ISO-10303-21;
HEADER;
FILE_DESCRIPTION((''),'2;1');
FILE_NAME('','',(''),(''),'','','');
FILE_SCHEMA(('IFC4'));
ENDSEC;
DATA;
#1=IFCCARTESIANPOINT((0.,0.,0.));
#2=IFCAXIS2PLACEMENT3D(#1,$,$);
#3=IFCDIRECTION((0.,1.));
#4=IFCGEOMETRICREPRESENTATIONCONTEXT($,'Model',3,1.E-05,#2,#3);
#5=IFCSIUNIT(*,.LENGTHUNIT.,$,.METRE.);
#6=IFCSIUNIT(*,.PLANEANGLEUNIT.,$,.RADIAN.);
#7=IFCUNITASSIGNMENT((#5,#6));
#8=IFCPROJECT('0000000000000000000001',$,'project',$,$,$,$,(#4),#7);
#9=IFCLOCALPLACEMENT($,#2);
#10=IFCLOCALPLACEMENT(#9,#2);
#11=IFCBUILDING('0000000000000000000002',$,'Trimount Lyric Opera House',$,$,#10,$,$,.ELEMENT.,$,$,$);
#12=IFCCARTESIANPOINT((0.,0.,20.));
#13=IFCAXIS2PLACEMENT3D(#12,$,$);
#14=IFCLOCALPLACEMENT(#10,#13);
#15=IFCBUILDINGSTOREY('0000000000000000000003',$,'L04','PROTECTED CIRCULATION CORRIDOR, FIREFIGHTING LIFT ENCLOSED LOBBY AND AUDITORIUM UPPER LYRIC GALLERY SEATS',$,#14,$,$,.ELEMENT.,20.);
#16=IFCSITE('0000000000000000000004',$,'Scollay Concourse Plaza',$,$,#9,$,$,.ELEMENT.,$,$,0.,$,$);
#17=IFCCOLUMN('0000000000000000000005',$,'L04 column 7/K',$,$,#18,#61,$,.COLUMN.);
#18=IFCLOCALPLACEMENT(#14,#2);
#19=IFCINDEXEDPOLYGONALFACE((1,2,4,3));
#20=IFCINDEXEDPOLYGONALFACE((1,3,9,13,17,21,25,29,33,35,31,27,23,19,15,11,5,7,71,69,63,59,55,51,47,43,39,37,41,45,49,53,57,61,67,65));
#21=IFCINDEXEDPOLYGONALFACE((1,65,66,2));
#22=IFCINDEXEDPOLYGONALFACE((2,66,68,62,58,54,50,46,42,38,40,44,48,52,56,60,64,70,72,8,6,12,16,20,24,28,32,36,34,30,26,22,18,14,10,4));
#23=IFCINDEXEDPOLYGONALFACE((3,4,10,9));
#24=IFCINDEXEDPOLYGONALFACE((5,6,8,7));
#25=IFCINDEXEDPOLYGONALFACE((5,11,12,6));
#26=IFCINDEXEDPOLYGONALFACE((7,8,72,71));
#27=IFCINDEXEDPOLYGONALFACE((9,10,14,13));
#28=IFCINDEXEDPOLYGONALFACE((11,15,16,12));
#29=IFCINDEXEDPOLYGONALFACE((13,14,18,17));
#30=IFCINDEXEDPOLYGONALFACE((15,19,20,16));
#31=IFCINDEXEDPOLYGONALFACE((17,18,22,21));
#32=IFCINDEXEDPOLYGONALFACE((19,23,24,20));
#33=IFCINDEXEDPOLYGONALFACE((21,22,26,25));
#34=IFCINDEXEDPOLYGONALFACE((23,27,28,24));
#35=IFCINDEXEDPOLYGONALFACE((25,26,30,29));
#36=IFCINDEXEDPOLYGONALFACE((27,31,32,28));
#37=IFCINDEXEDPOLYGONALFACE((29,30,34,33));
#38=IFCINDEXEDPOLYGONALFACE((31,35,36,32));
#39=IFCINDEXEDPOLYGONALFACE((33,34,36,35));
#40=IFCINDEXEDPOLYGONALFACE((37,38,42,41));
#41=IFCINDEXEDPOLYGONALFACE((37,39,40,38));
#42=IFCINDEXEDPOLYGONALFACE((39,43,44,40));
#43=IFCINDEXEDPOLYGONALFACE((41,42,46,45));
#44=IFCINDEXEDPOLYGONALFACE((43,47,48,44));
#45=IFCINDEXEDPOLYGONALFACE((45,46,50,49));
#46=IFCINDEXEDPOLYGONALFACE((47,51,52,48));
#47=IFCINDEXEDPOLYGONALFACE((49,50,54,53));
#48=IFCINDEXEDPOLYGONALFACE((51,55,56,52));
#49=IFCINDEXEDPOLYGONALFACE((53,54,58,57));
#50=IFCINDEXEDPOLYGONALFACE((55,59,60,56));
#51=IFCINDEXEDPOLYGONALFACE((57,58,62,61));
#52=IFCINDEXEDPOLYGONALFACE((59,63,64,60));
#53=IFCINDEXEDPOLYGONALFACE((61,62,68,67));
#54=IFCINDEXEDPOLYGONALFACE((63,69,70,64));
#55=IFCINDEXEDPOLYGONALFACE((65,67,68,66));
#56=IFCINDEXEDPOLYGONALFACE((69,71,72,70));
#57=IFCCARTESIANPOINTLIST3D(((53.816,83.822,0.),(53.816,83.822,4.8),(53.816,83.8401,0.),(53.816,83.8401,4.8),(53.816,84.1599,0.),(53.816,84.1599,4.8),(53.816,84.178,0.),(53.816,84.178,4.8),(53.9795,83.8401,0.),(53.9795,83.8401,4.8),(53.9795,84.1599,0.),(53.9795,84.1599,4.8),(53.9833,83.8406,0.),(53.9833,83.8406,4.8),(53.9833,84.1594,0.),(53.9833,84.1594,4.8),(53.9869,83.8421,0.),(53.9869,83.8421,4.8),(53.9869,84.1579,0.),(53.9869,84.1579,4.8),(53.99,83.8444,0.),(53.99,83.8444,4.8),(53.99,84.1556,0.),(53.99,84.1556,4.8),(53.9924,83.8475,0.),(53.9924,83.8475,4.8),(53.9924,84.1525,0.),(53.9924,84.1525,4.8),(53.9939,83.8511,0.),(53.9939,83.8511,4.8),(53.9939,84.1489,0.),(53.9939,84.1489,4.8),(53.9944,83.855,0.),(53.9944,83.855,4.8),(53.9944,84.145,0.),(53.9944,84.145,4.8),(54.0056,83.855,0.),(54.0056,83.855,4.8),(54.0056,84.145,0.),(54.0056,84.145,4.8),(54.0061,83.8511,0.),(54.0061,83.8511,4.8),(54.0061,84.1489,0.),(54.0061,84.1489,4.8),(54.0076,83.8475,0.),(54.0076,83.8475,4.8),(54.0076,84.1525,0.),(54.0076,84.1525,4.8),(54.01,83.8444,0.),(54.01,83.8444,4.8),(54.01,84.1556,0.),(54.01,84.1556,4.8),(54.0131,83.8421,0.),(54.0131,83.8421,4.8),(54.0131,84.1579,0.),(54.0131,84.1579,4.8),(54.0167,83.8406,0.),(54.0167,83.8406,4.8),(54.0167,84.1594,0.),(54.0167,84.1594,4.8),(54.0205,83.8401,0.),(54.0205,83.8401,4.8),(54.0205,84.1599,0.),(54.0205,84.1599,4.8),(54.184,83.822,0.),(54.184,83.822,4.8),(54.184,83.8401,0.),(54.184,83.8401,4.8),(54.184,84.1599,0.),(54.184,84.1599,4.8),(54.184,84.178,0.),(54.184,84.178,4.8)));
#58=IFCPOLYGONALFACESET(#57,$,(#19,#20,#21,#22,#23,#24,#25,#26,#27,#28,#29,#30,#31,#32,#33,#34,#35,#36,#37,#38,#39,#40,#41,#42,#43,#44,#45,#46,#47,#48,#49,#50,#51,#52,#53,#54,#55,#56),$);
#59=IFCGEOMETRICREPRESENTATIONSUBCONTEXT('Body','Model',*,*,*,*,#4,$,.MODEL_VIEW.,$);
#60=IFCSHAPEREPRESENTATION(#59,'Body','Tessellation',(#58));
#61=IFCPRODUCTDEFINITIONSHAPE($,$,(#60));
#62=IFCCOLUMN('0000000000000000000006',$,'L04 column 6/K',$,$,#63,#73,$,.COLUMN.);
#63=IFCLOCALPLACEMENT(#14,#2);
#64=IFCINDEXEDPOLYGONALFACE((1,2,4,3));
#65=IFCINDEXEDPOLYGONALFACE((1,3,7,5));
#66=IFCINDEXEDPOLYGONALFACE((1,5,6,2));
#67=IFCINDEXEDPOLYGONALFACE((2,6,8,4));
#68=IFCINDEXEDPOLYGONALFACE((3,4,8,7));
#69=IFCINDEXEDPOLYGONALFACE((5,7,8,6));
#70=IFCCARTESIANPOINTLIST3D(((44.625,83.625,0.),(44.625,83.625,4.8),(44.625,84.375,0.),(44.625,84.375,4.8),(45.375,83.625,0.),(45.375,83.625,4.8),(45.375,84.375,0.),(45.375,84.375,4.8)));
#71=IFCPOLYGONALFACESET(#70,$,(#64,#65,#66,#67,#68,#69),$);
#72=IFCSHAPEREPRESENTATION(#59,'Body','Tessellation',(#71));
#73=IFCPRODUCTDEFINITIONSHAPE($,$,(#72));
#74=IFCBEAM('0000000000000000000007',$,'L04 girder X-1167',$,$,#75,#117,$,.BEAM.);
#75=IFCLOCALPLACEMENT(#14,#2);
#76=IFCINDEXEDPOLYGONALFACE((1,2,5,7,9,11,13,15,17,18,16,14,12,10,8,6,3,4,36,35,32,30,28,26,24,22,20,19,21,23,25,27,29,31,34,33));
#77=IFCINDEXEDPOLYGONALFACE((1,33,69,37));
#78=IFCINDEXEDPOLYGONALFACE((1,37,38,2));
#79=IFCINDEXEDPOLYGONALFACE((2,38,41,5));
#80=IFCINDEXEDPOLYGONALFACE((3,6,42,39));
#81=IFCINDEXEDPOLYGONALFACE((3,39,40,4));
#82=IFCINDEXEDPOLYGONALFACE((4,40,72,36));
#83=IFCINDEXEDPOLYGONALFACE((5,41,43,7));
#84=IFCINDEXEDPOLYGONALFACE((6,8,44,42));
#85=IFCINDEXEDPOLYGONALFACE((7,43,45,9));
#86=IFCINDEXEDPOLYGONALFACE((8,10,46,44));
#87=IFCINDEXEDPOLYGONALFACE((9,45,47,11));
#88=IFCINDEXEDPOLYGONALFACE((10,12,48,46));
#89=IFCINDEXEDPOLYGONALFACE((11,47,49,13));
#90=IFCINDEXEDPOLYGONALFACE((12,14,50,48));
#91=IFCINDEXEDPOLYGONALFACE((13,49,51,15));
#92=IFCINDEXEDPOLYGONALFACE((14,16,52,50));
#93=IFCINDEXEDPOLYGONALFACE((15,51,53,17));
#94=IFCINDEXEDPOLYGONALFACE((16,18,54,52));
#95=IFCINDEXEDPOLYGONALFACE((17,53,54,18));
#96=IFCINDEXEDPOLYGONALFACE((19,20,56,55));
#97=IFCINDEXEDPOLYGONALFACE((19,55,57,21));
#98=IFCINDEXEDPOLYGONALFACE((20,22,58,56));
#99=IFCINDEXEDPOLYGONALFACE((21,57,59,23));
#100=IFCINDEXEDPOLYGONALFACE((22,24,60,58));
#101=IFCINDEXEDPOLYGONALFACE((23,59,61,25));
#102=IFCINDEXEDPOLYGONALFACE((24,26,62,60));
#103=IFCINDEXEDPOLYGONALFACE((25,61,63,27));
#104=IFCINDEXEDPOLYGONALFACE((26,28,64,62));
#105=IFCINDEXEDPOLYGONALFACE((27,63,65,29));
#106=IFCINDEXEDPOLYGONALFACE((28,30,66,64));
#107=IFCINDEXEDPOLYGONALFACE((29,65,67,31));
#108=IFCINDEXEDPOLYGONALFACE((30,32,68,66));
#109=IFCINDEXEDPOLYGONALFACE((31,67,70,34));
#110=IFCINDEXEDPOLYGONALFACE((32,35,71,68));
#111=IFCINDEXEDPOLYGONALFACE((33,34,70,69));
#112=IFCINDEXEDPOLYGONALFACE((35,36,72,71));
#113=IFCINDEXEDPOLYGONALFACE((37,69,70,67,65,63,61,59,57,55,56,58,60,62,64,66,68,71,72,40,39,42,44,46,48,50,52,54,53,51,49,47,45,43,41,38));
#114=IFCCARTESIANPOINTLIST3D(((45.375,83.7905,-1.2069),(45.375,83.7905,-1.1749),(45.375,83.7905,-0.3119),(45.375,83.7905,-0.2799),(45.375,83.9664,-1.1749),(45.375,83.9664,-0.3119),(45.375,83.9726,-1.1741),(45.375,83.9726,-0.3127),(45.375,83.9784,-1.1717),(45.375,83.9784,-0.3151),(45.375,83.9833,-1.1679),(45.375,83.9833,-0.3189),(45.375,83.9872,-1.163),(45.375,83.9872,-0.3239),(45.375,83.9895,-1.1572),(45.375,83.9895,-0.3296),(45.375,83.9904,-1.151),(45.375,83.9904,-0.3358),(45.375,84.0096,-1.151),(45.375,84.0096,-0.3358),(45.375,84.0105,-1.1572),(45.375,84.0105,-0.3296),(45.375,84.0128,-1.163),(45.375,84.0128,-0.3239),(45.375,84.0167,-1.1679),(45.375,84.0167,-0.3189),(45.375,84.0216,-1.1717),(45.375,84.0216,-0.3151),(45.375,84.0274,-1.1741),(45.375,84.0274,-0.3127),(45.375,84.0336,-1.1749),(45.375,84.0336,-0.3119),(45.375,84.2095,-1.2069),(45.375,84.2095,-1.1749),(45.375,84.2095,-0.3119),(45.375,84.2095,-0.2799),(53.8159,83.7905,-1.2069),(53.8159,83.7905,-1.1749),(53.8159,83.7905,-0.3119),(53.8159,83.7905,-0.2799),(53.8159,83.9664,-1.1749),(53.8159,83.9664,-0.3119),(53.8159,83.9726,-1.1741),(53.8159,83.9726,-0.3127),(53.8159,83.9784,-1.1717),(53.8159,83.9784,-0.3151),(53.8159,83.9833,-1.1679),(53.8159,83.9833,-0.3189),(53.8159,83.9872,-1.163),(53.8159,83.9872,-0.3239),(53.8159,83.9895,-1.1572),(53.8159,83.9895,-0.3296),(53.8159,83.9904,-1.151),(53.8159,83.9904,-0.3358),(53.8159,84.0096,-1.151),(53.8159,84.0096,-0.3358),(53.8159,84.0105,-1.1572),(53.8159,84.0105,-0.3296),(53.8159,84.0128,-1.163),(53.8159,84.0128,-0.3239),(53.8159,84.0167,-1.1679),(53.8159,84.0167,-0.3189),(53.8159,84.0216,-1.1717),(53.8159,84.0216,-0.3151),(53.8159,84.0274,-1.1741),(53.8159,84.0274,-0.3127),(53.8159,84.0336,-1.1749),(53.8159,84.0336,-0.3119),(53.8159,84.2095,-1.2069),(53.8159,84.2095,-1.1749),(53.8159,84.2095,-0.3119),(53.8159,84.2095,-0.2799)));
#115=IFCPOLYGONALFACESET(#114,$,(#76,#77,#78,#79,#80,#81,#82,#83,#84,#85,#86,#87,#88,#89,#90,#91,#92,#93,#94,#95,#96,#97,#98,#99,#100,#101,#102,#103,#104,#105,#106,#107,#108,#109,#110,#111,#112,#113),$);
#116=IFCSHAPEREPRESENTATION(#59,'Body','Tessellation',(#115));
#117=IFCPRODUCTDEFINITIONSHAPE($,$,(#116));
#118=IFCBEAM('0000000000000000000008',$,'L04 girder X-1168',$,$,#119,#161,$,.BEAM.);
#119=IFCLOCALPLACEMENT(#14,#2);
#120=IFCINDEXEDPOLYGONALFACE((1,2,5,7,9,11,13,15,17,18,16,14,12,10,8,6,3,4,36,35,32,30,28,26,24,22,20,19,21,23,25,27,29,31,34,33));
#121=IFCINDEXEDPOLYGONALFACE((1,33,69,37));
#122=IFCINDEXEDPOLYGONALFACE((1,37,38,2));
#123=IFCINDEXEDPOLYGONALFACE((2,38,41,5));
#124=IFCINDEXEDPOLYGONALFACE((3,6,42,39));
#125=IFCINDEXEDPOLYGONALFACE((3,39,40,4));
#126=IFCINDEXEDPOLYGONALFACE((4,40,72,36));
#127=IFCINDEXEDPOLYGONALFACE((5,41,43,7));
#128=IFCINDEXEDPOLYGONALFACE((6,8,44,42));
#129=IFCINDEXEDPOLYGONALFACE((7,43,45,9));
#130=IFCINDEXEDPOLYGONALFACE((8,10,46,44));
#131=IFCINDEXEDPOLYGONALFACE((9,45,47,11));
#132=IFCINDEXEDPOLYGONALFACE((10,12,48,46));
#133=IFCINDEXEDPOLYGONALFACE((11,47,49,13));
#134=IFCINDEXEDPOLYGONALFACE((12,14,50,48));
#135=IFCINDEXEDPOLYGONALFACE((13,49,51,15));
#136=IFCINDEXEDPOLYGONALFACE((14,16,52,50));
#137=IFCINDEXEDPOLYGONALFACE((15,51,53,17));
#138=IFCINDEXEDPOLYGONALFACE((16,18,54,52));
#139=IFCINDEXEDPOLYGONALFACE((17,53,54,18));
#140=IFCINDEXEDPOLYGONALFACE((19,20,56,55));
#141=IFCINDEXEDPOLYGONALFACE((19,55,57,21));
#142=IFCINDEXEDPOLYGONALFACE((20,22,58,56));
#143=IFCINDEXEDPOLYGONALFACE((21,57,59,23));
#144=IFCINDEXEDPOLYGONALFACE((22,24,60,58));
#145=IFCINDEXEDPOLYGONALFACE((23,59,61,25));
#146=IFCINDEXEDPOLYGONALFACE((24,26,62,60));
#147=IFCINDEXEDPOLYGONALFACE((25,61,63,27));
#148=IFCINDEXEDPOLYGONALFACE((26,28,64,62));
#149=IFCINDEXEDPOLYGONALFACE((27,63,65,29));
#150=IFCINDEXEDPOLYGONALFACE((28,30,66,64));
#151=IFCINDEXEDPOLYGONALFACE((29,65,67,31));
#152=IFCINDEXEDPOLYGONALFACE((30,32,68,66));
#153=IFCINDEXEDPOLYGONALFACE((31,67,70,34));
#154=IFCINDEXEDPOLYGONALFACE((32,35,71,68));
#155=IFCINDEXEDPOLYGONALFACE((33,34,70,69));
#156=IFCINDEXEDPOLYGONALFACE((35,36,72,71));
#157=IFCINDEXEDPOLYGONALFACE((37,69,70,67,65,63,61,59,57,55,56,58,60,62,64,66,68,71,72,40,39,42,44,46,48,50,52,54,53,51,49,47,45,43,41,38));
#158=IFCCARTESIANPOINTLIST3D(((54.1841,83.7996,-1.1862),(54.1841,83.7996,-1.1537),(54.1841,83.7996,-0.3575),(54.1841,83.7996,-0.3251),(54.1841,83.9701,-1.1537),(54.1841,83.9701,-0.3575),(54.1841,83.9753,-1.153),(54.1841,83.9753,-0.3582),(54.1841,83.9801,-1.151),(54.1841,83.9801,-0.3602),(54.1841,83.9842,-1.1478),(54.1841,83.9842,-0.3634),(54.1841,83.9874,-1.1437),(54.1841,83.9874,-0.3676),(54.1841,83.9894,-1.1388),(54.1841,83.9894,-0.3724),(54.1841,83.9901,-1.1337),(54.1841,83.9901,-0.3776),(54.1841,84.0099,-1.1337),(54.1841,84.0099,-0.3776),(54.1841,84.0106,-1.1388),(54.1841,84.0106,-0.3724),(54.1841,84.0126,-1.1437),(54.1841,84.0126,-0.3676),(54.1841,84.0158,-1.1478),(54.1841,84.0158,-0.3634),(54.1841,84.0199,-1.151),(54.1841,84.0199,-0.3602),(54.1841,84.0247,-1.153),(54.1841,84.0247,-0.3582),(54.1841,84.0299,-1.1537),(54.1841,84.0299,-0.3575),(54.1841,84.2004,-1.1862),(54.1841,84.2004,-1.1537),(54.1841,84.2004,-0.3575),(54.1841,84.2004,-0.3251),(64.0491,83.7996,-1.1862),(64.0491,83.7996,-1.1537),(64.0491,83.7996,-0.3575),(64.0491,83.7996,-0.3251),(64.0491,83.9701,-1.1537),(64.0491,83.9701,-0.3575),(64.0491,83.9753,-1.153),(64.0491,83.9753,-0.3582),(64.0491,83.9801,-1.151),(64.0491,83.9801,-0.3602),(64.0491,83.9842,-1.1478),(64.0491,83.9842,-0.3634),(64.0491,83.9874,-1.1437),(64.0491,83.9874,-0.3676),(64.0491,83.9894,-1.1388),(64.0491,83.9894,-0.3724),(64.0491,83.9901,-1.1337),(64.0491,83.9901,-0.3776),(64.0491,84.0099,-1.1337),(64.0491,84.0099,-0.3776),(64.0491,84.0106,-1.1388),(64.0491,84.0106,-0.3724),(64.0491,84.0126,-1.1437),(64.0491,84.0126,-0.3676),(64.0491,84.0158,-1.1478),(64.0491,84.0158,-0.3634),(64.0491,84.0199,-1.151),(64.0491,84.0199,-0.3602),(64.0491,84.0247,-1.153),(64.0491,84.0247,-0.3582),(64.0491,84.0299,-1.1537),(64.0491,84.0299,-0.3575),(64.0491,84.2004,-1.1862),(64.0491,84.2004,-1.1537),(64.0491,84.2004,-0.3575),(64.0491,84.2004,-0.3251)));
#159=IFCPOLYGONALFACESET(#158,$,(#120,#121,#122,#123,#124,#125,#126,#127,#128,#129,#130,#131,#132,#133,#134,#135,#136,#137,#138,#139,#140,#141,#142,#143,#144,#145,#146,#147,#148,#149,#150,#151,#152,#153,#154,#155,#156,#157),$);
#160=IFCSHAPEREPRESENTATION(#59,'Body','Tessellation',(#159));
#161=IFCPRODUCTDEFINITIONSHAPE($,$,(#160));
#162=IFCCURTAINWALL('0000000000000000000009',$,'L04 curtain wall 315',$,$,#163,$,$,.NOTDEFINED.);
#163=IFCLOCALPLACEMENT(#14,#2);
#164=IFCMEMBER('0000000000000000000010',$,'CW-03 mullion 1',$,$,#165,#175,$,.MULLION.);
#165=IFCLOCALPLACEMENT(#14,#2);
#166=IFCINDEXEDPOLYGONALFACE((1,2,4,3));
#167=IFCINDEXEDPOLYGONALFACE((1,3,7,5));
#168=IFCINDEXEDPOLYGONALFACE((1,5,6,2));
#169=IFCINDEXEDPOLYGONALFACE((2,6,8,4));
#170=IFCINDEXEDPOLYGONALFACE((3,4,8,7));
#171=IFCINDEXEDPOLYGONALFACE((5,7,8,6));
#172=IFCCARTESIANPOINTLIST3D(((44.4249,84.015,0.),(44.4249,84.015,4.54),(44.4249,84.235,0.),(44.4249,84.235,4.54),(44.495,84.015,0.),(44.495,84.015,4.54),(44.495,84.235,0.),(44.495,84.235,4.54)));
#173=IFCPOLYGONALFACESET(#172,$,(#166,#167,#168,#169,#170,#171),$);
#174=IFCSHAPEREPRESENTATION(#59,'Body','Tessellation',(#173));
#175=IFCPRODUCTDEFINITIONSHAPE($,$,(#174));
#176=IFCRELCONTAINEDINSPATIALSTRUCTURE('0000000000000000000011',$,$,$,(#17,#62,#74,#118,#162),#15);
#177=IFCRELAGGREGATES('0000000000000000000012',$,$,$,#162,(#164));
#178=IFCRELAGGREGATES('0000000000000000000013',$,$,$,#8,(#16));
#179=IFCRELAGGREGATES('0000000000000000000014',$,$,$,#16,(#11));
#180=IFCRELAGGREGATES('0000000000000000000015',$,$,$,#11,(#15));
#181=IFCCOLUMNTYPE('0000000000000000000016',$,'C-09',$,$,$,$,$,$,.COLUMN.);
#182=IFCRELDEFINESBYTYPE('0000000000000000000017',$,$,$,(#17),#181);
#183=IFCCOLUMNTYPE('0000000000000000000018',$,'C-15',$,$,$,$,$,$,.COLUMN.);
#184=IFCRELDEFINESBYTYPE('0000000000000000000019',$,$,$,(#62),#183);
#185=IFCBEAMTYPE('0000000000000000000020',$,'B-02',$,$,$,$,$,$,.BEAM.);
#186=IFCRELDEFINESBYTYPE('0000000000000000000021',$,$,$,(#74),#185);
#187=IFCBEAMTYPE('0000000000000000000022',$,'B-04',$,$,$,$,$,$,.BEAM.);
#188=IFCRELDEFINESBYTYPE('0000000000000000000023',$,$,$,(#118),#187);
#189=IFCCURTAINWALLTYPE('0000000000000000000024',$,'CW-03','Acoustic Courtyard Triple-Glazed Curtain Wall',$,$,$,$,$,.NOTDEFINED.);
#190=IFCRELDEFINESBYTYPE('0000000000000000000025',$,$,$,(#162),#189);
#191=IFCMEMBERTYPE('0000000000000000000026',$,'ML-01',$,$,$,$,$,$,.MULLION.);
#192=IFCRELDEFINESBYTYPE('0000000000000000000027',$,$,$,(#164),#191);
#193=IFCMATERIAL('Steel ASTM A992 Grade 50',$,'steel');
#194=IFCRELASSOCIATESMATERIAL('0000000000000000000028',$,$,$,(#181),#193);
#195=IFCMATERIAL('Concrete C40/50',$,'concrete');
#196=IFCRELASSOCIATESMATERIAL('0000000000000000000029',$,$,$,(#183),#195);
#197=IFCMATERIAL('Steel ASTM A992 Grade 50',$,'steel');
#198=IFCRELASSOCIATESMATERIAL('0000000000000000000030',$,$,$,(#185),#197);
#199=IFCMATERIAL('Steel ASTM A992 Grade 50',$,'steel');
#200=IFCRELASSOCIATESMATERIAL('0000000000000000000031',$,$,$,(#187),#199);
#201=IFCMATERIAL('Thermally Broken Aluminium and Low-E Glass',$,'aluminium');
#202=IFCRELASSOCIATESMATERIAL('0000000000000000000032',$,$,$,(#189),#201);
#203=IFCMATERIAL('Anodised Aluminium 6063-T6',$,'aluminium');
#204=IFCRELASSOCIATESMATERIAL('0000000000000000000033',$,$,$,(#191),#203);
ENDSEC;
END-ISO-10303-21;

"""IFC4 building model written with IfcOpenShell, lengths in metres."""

from ifc_helpers import new_model, si_unit, direction, frame, origin, origin_2d, place, context, subcontext, project, spatial, rectangle, i_section, extrude, material, material_profile, profile_set, type_object, element, aggregate, save


model = new_model("IFC4")

# Units and contexts
model_context = context("Model", 3, precision=1e-05, world=origin(), true_north=direction((0.0, 1.0)))
body_context = subcontext(model_context, "Body", "Model", "MODEL_VIEW")
ifc_project = project(units=[si_unit("LENGTHUNIT", "METRE"), si_unit("PLANEANGLEUNIT", "RADIAN")], contexts=[model_context])

# Site, building, storey
site_placement = place(None, origin())
site = spatial("IfcSite", under=ifc_project, at=site_placement, Name="Scollay Concourse Plaza", CompositionType="ELEMENT", RefElevation=0.0)
building_placement = place(site_placement, origin())
building = spatial("IfcBuilding", under=site, at=building_placement, Name="Trimount Lyric Opera House", CompositionType="ELEMENT")
storey_placement = place(building_placement, frame((0.0, 0.0, 20.0)))
storey = spatial("IfcBuildingStorey", under=building, at=storey_placement, Name="L04", Description="PROTECTED CIRCULATION CORRIDOR, FIREFIGHTING LIFT ENCLOSED LOBBY AND AUDITORIUM UPPER LYRIC GALLERY SEATS", CompositionType="ELEMENT", Elevation=20.0)

# Columns
ifc_material_1 = material(Name="Steel ASTM A992 Grade 50", Category="steel")
ifc_material_profile_1 = material_profile(ifc_material_1, i_section(OverallWidth=0.3679, OverallDepth=0.356, WebThickness=0.0112, FlangeThickness=0.0181, FilletRadius=0.0149, at=origin_2d()), Name="W14X90")
ifc_profile_set_1 = profile_set([ifc_material_profile_1], Name="Steel ASTM A992 Grade 50")
column_type_1 = type_object("IfcColumnType", Name="C-09", PredefinedType="COLUMN", material=ifc_profile_set_1)
column_1_placement = place(storey_placement, frame((54.0, 84.0, 0.0), z_axis=(0.0, 0.0, 1.0), x_axis=(1.0, 0.0, 0.0)))
element("IfcColumn", 1, at=column_1_placement, inside=storey, type_object=column_type_1, Name="L04 column 7/K", PredefinedType="COLUMN", context=body_context, shape_type="SweptSolid", body=[
    extrude(i_section(OverallWidth=0.3679, OverallDepth=0.356, WebThickness=0.0112, FlangeThickness=0.0181, FilletRadius=0.0149, at=origin_2d()), origin(), (0.0, 0.0, 1.0), 4.8),
])
ifc_material_2 = material(Name="Concrete C40/50", Category="concrete")
ifc_material_profile_2 = material_profile(ifc_material_2, rectangle(XDim=0.75, YDim=0.75, at=origin_2d()), Name="RC750X750")
ifc_profile_set_2 = profile_set([ifc_material_profile_2], Name="Concrete C40/50")
column_type_2 = type_object("IfcColumnType", Name="C-15", PredefinedType="COLUMN", material=ifc_profile_set_2)
column_2_placement = place(storey_placement, frame((45.0, 84.0, 0.0), z_axis=(0.0, 0.0, 1.0), x_axis=(1.0, 0.0, 0.0)))
element("IfcColumn", 2, at=column_2_placement, inside=storey, type_object=column_type_2, Name="L04 column 6/K", PredefinedType="COLUMN", context=body_context, shape_type="SweptSolid", body=[
    extrude(rectangle(XDim=0.75, YDim=0.75, at=origin_2d()), origin(), (0.0, 0.0, 1.0), 4.8),
])

# Beams
ifc_material_3 = material(Name="Steel ASTM A992 Grade 50", Category="steel")
ifc_material_profile_3 = material_profile(ifc_material_3, i_section(OverallWidth=0.4189, OverallDepth=0.927, WebThickness=0.0193, FlangeThickness=0.032, FilletRadius=0.0239, at=origin_2d()), Name="W36X231")
ifc_profile_set_3 = profile_set([ifc_material_profile_3], Name="Steel ASTM A992 Grade 50")
beam_type_1 = type_object("IfcBeamType", Name="B-02", PredefinedType="BEAM", material=ifc_profile_set_3)
beam_1_placement = place(storey_placement, frame((45.375, 84.0, -0.7434), z_axis=(1.0, 0.0, 0.0), x_axis=(0.0, 1.0, 0.0)))
element("IfcBeam", 3, at=beam_1_placement, inside=storey, type_object=beam_type_1, Name="L04 girder X-1167", PredefinedType="BEAM", context=body_context, shape_type="SweptSolid", body=[
    extrude(i_section(OverallWidth=0.4189, OverallDepth=0.927, WebThickness=0.0193, FlangeThickness=0.032, FilletRadius=0.0239, at=origin_2d()), origin(), (0.0, 0.0, 1.0), 8.4409),
])
ifc_material_4 = material(Name="Steel ASTM A992 Grade 50", Category="steel")
ifc_material_profile_4 = material_profile(ifc_material_4, i_section(OverallWidth=0.4009, OverallDepth=0.8611, WebThickness=0.0198, FlangeThickness=0.0325, FilletRadius=0.02, at=origin_2d()), Name="W33X221")
ifc_profile_set_4 = profile_set([ifc_material_profile_4], Name="Steel ASTM A992 Grade 50")
beam_type_2 = type_object("IfcBeamType", Name="B-04", PredefinedType="BEAM", material=ifc_profile_set_4)
beam_2_placement = place(storey_placement, frame((54.1841, 84.0, -0.7556), z_axis=(1.0, 0.0, 0.0), x_axis=(0.0, 1.0, 0.0)))
element("IfcBeam", 4, at=beam_2_placement, inside=storey, type_object=beam_type_2, Name="L04 girder X-1168", PredefinedType="BEAM", context=body_context, shape_type="SweptSolid", body=[
    extrude(i_section(OverallWidth=0.4009, OverallDepth=0.8611, WebThickness=0.0198, FlangeThickness=0.0325, FilletRadius=0.02, at=origin_2d()), origin(), (0.0, 0.0, 1.0), 9.865),
])

# Curtain wall, member
ifc_material_5 = material(Name="Thermally Broken Aluminium and Low-E Glass", Category="aluminium")
curtain_wall_type = type_object("IfcCurtainWallType", Name="CW-03", Description="Acoustic Courtyard Triple-Glazed Curtain Wall", PredefinedType="NOTDEFINED", material=ifc_material_5)
curtain_wall_1_placement = place(storey_placement, origin())
curtain_wall_1 = element("IfcCurtainWall", 5, at=curtain_wall_1_placement, inside=storey, type_object=curtain_wall_type, Name="L04 curtain wall 315", PredefinedType="NOTDEFINED")
ifc_material_6 = material(Name="Anodised Aluminium 6063-T6", Category="aluminium")
ifc_material_profile_5 = material_profile(ifc_material_6, rectangle(XDim=0.0701, YDim=0.22, at=origin_2d()), Name="ALU-MULL-70X220")
ifc_profile_set_5 = profile_set([ifc_material_profile_5], Name="Anodised Aluminium 6063-T6")
member_type_1 = type_object("IfcMemberType", Name="ML-01", PredefinedType="MULLION", material=ifc_profile_set_5)
member_1_placement = place(storey_placement, frame((44.46, 84.125, 0.0), z_axis=(0.0, 0.0, 1.0), x_axis=(-1.0, 0.0, 0.0)))
member_1 = element("IfcMember", 6, at=member_1_placement, type_object=member_type_1, Name="CW-03 mullion 1", PredefinedType="MULLION", context=body_context, shape_type="SweptSolid", body=[
    extrude(rectangle(XDim=0.0701, YDim=0.22, at=origin_2d()), origin(), (0.0, 0.0, 1.0), 4.54),
])

aggregate(curtain_wall_1, [member_1])

save(model, "model.ifc")
